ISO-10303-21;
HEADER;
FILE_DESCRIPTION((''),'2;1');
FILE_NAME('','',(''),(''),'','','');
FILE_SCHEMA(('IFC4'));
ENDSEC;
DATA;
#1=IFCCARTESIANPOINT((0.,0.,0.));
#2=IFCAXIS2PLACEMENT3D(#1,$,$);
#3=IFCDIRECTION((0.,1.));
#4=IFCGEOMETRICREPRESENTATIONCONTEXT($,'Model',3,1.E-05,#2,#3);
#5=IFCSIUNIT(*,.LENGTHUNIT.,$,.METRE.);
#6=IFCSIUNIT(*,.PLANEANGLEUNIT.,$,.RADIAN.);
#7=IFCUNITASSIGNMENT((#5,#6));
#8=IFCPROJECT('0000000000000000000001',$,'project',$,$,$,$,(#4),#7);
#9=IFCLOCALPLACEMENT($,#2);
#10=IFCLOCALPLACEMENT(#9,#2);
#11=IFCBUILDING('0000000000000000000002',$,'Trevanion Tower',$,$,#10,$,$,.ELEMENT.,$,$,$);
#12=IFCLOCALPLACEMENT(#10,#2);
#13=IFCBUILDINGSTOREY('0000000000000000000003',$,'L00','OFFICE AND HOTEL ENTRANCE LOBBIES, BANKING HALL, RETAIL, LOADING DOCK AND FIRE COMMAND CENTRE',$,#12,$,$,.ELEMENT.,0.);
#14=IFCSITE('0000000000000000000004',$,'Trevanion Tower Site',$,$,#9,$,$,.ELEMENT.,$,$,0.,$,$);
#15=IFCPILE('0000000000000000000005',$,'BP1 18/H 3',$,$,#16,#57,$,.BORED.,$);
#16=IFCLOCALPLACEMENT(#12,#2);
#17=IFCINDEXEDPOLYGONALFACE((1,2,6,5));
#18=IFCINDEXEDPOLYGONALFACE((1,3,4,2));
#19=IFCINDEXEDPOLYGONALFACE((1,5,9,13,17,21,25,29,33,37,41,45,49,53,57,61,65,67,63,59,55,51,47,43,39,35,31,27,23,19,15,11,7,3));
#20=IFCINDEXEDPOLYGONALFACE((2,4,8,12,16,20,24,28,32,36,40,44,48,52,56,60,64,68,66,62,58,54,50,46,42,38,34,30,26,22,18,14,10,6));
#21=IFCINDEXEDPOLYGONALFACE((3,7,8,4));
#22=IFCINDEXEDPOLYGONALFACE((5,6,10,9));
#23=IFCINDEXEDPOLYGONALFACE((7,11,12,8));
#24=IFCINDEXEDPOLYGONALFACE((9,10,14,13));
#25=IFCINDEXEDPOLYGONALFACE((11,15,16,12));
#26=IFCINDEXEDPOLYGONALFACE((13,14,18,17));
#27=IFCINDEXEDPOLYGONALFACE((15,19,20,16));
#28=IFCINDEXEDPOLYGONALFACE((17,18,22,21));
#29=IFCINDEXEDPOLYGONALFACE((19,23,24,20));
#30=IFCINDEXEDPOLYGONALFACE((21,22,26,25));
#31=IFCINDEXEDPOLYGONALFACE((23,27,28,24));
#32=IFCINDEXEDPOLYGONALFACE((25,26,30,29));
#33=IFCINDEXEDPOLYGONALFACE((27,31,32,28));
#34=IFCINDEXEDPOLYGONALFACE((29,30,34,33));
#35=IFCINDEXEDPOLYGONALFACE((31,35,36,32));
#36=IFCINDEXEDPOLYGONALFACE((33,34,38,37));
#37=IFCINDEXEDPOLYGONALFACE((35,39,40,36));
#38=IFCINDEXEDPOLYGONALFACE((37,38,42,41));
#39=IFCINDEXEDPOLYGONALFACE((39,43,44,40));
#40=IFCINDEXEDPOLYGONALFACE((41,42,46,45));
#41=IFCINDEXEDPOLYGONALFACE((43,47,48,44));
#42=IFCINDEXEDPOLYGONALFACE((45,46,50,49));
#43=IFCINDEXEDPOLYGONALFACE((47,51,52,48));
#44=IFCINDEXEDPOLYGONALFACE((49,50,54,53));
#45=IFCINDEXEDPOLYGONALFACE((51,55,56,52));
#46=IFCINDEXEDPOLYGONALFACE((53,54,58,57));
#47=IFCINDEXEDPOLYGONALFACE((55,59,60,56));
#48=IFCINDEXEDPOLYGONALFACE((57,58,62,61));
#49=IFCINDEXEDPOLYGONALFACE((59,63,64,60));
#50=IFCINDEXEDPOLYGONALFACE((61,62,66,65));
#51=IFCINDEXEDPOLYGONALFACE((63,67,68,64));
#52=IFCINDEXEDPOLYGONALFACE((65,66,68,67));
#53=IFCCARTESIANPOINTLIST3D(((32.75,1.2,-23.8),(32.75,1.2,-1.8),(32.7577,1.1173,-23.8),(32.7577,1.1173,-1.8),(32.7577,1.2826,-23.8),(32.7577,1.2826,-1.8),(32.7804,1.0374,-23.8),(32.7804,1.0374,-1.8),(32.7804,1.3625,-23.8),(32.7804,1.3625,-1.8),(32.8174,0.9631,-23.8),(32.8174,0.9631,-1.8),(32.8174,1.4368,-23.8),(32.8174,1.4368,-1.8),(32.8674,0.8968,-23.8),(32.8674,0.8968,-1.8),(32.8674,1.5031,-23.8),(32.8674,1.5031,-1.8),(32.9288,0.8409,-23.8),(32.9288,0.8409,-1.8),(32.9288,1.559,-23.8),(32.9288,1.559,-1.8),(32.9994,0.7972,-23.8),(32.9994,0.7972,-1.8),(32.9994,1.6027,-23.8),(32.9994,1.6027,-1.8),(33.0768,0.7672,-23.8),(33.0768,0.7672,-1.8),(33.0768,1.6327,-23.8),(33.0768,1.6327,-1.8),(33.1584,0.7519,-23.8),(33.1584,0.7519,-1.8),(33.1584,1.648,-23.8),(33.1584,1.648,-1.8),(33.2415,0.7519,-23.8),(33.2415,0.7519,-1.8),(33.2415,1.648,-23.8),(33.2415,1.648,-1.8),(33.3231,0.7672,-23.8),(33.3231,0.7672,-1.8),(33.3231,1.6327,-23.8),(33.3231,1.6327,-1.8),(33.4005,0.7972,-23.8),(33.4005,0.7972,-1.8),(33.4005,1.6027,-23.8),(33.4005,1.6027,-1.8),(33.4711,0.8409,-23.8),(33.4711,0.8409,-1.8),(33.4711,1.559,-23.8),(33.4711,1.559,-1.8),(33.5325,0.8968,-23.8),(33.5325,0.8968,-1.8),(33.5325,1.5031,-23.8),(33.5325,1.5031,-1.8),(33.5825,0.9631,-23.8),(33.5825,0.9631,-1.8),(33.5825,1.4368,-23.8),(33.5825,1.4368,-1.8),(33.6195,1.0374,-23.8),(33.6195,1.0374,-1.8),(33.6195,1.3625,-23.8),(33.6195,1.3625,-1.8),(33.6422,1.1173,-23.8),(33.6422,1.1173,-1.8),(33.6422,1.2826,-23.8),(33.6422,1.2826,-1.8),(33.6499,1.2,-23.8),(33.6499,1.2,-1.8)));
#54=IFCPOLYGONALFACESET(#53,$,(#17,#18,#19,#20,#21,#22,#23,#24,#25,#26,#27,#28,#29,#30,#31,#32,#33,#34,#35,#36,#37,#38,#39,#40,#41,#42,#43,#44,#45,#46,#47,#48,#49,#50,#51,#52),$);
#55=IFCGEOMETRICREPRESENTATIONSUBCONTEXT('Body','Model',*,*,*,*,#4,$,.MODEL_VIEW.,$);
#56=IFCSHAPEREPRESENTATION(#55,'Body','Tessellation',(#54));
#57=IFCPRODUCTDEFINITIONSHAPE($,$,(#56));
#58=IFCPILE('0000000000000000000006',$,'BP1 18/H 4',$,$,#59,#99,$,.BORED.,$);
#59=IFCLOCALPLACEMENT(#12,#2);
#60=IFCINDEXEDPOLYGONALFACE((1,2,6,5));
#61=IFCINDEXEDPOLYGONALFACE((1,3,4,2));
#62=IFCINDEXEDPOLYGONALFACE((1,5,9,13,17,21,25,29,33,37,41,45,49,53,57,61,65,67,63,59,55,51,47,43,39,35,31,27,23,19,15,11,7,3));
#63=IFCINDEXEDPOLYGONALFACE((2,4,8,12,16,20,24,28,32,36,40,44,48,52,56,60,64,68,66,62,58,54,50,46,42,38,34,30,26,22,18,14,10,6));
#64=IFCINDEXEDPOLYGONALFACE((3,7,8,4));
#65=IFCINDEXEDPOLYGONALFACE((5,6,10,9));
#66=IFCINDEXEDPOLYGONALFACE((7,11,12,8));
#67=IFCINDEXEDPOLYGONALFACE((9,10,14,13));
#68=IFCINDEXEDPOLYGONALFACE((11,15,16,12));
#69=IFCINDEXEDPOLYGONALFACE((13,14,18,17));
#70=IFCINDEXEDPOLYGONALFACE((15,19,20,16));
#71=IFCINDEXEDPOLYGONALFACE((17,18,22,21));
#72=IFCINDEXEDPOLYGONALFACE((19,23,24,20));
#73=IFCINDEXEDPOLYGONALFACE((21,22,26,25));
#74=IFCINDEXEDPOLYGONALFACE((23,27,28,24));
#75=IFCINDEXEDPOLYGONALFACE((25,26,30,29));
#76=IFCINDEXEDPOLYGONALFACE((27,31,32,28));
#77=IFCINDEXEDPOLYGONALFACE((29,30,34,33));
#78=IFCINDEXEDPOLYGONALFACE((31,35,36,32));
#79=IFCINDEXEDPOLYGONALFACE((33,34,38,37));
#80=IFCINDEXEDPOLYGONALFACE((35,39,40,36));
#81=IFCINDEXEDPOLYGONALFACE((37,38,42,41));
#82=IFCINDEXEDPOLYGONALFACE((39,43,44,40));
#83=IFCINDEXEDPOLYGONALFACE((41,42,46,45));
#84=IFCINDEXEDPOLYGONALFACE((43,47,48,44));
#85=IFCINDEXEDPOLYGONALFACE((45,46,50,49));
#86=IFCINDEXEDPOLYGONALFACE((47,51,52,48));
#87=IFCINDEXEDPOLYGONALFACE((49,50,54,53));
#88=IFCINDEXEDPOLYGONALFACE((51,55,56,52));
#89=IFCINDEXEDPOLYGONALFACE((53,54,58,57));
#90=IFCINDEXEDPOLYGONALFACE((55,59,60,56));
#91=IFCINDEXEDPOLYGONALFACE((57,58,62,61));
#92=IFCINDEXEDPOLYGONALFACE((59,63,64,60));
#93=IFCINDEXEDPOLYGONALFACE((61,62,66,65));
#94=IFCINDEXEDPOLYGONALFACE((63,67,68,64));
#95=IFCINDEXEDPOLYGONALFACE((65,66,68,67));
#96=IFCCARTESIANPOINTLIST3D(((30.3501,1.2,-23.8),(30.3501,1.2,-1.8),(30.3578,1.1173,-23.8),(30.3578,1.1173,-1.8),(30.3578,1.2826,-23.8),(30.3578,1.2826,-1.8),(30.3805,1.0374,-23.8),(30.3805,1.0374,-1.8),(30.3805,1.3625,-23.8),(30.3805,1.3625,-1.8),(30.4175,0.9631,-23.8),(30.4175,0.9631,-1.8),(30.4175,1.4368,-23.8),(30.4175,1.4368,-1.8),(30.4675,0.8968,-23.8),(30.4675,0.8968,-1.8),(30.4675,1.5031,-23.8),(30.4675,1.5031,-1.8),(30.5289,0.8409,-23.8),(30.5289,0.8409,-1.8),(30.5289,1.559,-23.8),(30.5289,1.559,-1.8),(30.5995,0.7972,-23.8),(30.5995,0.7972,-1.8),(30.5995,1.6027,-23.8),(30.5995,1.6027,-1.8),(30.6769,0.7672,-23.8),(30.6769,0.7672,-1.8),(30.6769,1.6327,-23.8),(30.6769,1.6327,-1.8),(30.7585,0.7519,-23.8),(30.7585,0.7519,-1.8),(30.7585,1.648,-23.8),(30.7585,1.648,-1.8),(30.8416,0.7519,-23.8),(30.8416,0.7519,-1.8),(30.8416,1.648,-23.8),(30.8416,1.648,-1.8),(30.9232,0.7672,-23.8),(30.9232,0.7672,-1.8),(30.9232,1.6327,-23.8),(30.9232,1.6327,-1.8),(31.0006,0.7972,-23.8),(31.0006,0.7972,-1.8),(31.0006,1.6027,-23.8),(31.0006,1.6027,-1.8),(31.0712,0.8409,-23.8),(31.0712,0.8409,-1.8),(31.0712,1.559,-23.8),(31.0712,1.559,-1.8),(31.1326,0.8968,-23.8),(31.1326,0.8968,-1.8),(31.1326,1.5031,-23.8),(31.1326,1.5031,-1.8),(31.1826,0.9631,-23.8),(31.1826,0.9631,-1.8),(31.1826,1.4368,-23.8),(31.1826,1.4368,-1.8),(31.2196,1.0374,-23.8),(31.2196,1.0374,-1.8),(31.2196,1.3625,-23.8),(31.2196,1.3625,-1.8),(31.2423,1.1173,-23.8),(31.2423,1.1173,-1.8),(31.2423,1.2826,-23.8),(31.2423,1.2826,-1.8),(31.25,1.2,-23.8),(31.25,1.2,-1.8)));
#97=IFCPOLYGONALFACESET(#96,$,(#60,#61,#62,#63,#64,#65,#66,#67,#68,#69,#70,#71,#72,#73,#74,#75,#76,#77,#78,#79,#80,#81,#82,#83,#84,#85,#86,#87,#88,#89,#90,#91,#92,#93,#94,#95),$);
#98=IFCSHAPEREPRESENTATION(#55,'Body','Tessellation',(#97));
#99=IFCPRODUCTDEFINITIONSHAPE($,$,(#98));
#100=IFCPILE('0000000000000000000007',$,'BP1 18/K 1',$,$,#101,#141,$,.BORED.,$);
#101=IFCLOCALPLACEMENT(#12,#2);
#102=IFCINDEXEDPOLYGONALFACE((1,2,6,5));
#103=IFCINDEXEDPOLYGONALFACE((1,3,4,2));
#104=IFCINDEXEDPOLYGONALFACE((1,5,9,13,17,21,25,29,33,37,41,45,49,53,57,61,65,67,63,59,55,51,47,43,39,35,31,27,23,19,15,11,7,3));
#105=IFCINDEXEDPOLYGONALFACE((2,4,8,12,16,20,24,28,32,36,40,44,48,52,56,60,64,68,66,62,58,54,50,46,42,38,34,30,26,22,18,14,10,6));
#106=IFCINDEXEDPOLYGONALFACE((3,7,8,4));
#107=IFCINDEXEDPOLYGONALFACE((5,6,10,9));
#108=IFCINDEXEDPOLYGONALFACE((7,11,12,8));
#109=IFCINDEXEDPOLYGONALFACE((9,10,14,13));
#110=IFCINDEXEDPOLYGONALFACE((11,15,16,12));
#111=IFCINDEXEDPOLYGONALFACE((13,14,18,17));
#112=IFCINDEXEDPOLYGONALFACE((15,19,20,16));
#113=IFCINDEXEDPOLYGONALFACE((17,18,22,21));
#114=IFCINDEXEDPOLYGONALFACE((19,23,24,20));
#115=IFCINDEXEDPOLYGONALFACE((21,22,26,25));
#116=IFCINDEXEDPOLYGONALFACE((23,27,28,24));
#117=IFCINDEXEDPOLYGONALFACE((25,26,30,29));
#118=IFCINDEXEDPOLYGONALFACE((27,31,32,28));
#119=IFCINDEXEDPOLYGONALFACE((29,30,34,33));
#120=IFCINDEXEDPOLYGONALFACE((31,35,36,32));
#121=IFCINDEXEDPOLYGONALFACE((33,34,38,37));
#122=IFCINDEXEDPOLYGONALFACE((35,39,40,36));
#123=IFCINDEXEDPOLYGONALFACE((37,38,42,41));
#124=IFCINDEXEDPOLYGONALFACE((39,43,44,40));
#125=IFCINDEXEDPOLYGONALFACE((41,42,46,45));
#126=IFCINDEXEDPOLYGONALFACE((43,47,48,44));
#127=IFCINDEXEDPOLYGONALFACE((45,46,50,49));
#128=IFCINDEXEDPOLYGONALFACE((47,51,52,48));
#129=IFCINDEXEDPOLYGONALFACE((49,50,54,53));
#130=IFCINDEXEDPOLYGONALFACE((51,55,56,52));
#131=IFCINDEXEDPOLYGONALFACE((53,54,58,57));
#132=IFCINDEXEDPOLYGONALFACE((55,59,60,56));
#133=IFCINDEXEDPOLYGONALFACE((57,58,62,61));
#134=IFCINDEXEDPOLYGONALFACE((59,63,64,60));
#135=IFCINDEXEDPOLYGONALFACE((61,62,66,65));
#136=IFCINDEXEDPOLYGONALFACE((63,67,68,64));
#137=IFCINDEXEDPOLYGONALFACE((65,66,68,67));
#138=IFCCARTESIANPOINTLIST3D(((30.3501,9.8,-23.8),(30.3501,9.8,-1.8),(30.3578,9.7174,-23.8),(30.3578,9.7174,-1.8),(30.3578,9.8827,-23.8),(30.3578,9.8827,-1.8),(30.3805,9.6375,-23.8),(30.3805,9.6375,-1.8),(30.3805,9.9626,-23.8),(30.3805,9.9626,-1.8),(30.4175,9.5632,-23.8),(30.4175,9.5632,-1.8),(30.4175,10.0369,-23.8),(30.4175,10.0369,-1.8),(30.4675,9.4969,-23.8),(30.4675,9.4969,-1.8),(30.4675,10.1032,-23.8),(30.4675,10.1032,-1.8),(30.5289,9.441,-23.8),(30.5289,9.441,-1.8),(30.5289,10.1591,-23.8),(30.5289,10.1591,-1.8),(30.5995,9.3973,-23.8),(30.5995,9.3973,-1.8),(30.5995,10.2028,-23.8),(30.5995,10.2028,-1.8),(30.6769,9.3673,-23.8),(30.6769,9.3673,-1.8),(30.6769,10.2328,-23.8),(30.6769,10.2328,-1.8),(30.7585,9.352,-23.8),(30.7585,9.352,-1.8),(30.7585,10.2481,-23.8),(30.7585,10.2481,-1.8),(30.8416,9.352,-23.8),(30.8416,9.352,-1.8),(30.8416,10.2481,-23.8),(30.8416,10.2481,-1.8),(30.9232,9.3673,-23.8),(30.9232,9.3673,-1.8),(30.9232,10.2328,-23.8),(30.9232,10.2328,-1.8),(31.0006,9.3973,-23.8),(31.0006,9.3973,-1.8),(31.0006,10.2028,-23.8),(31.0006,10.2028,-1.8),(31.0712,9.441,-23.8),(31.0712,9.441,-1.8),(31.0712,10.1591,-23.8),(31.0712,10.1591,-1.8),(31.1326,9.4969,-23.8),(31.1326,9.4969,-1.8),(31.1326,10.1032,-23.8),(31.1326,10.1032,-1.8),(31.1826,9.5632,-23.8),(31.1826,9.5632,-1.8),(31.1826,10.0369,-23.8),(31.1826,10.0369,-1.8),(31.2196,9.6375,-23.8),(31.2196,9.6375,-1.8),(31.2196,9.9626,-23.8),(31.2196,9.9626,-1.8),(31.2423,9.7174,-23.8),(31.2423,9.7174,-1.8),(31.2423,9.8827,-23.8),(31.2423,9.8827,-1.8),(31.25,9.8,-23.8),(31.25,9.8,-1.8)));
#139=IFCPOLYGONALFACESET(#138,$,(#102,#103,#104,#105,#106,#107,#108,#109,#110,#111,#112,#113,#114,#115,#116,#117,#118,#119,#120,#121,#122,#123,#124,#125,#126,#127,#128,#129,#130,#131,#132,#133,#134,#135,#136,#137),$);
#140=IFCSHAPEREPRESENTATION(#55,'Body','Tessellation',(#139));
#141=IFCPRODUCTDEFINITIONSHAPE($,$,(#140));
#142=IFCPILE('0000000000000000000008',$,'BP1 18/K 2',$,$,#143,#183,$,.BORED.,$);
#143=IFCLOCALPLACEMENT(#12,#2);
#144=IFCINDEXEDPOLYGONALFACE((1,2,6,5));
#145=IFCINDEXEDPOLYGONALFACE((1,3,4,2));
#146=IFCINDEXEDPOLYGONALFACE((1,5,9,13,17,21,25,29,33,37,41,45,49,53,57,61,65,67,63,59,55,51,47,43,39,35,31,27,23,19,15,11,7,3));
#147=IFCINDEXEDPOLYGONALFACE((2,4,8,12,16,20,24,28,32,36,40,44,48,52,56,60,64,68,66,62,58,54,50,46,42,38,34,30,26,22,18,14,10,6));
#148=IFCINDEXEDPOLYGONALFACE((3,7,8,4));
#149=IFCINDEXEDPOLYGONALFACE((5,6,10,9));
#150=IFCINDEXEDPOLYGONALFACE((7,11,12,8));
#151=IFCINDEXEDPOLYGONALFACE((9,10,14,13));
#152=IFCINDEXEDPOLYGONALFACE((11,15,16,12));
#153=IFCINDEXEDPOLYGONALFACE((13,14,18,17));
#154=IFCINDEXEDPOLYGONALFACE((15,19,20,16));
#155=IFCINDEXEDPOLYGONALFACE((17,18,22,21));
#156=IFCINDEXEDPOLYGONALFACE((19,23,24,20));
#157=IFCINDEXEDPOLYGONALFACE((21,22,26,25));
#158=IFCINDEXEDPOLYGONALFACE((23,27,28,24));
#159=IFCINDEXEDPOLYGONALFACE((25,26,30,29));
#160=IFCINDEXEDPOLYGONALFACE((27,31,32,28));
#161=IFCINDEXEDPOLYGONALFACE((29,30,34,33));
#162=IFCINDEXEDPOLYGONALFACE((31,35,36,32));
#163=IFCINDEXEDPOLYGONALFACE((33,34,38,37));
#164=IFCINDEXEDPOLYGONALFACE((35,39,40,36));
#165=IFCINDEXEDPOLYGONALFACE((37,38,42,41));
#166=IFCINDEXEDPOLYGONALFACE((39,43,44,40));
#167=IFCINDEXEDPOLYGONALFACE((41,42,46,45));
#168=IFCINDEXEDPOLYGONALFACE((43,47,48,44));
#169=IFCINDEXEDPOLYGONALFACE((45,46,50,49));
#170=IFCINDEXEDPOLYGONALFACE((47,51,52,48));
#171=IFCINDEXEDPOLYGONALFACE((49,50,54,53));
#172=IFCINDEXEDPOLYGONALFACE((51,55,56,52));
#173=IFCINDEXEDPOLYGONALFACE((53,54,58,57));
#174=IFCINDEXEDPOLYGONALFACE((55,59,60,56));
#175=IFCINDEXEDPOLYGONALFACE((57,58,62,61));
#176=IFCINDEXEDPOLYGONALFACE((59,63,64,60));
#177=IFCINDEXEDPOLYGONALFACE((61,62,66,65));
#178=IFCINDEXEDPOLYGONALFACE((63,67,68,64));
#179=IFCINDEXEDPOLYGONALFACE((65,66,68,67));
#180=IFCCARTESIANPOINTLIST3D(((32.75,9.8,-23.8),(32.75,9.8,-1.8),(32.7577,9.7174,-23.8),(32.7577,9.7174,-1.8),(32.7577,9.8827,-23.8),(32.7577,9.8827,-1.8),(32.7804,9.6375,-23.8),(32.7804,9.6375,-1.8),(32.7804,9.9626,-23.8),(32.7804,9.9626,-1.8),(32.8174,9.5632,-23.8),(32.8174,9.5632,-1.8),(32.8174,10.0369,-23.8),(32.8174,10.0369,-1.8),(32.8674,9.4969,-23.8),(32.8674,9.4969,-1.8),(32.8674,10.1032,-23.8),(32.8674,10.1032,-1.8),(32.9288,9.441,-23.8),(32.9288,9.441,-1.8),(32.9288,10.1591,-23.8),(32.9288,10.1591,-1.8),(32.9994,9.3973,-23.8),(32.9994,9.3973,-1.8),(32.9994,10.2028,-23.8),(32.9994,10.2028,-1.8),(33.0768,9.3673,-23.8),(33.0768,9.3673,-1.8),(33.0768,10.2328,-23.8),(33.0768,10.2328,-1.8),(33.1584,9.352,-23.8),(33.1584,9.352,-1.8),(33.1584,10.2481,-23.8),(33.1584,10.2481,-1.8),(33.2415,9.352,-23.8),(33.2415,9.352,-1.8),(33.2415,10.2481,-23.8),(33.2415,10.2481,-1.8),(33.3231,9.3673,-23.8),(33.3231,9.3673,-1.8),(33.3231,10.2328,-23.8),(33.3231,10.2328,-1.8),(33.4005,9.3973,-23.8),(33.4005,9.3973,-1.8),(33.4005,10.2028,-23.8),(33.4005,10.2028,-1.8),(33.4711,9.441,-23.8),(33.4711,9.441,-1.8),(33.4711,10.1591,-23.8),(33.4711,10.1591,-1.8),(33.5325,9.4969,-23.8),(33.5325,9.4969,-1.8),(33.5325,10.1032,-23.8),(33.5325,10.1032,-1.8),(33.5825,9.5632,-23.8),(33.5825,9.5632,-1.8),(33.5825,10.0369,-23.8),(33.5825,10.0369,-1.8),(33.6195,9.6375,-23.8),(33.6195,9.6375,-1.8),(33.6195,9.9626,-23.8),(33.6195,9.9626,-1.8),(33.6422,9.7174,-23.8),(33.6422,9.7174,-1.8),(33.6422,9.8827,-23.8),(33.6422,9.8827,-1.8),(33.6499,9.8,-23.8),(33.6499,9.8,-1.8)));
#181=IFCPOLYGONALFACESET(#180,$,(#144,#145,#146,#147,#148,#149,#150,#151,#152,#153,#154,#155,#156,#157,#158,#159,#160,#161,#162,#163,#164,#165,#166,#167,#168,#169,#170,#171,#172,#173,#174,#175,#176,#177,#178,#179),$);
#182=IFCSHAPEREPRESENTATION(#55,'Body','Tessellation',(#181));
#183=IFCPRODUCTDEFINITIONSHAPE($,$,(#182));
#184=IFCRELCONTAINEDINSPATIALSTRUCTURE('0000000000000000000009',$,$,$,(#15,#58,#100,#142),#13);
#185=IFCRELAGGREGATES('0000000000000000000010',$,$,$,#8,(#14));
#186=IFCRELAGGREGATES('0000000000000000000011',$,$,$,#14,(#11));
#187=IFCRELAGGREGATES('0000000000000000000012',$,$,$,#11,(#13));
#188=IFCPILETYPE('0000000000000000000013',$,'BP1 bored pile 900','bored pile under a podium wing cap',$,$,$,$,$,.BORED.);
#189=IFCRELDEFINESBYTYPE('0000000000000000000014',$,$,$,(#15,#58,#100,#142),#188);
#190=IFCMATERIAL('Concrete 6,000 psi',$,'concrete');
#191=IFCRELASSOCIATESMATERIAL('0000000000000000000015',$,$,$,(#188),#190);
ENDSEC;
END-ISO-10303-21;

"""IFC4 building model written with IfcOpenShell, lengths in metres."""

from ifc_helpers import new_model, si_unit, direction, frame, origin, origin_2d, place, context, subcontext, project, spatial, circle, extrude, material, material_profile, profile_set, type_object, element, save


model = new_model("IFC4")

# Units and contexts
model_context = context("Model", 3, precision=1e-05, world=origin(), true_north=direction((0.0, 1.0)))
body_context = subcontext(model_context, "Body", "Model", "MODEL_VIEW")
ifc_project = project(units=[si_unit("LENGTHUNIT", "METRE"), si_unit("PLANEANGLEUNIT", "RADIAN")], contexts=[model_context])

# Site, building, storey
site_placement = place(None, origin())
site = spatial("IfcSite", under=ifc_project, at=site_placement, Name="Trevanion Tower Site", CompositionType="ELEMENT", RefElevation=0.0)
building_placement = place(site_placement, origin())
building = spatial("IfcBuilding", under=site, at=building_placement, Name="Trevanion Tower", CompositionType="ELEMENT")
storey_placement = place(building_placement, origin())
storey = spatial("IfcBuildingStorey", under=building, at=storey_placement, Name="L00", Description="OFFICE AND HOTEL ENTRANCE LOBBIES, BANKING HALL, RETAIL, LOADING DOCK AND FIRE COMMAND CENTRE", CompositionType="ELEMENT", Elevation=0.0)

# Piles
ifc_material_1 = material(Name="Concrete 6,000 psi", Category="concrete")
ifc_material_profile_1 = material_profile(ifc_material_1, circle(Radius=0.45, at=origin_2d()), Name="BP1 bored pile 900")
ifc_profile_set_1 = profile_set([ifc_material_profile_1], Name="Concrete 6,000 psi")
pile_type_1 = type_object("IfcPileType", Name="BP1 bored pile 900", Description="bored pile under a podium wing cap", PredefinedType="BORED", material=ifc_profile_set_1)
for number, where, z_axis, x_axis, name in (
    (1, (33.2, 1.2, -1.8), (0.0, 0.0, -1.0), (1.0, 0.0, 0.0), "BP1 18/H 3"),
    (2, (30.8, 1.2, -1.8), (0.0, 0.0, -1.0), (1.0, 0.0, 0.0), "BP1 18/H 4"),
    (3, (30.8, 9.8, -1.8), (0.0, 0.0, -1.0), (1.0, 0.0, 0.0), "BP1 18/K 1"),
    (4, (33.2, 9.8, -1.8), (0.0, 0.0, -1.0), (1.0, 0.0, 0.0), "BP1 18/K 2"),
):
    element("IfcPile", number, at=place(storey_placement, frame(where, z_axis=z_axis, x_axis=x_axis)), inside=storey, type_object=pile_type_1, Name=name, PredefinedType="BORED", context=body_context, shape_type="SweptSolid", body=[
        extrude(circle(Radius=0.45, at=origin_2d()), origin(), (0.0, 0.0, 1.0), 22.0),
    ])

save(model, "model.ifc")
